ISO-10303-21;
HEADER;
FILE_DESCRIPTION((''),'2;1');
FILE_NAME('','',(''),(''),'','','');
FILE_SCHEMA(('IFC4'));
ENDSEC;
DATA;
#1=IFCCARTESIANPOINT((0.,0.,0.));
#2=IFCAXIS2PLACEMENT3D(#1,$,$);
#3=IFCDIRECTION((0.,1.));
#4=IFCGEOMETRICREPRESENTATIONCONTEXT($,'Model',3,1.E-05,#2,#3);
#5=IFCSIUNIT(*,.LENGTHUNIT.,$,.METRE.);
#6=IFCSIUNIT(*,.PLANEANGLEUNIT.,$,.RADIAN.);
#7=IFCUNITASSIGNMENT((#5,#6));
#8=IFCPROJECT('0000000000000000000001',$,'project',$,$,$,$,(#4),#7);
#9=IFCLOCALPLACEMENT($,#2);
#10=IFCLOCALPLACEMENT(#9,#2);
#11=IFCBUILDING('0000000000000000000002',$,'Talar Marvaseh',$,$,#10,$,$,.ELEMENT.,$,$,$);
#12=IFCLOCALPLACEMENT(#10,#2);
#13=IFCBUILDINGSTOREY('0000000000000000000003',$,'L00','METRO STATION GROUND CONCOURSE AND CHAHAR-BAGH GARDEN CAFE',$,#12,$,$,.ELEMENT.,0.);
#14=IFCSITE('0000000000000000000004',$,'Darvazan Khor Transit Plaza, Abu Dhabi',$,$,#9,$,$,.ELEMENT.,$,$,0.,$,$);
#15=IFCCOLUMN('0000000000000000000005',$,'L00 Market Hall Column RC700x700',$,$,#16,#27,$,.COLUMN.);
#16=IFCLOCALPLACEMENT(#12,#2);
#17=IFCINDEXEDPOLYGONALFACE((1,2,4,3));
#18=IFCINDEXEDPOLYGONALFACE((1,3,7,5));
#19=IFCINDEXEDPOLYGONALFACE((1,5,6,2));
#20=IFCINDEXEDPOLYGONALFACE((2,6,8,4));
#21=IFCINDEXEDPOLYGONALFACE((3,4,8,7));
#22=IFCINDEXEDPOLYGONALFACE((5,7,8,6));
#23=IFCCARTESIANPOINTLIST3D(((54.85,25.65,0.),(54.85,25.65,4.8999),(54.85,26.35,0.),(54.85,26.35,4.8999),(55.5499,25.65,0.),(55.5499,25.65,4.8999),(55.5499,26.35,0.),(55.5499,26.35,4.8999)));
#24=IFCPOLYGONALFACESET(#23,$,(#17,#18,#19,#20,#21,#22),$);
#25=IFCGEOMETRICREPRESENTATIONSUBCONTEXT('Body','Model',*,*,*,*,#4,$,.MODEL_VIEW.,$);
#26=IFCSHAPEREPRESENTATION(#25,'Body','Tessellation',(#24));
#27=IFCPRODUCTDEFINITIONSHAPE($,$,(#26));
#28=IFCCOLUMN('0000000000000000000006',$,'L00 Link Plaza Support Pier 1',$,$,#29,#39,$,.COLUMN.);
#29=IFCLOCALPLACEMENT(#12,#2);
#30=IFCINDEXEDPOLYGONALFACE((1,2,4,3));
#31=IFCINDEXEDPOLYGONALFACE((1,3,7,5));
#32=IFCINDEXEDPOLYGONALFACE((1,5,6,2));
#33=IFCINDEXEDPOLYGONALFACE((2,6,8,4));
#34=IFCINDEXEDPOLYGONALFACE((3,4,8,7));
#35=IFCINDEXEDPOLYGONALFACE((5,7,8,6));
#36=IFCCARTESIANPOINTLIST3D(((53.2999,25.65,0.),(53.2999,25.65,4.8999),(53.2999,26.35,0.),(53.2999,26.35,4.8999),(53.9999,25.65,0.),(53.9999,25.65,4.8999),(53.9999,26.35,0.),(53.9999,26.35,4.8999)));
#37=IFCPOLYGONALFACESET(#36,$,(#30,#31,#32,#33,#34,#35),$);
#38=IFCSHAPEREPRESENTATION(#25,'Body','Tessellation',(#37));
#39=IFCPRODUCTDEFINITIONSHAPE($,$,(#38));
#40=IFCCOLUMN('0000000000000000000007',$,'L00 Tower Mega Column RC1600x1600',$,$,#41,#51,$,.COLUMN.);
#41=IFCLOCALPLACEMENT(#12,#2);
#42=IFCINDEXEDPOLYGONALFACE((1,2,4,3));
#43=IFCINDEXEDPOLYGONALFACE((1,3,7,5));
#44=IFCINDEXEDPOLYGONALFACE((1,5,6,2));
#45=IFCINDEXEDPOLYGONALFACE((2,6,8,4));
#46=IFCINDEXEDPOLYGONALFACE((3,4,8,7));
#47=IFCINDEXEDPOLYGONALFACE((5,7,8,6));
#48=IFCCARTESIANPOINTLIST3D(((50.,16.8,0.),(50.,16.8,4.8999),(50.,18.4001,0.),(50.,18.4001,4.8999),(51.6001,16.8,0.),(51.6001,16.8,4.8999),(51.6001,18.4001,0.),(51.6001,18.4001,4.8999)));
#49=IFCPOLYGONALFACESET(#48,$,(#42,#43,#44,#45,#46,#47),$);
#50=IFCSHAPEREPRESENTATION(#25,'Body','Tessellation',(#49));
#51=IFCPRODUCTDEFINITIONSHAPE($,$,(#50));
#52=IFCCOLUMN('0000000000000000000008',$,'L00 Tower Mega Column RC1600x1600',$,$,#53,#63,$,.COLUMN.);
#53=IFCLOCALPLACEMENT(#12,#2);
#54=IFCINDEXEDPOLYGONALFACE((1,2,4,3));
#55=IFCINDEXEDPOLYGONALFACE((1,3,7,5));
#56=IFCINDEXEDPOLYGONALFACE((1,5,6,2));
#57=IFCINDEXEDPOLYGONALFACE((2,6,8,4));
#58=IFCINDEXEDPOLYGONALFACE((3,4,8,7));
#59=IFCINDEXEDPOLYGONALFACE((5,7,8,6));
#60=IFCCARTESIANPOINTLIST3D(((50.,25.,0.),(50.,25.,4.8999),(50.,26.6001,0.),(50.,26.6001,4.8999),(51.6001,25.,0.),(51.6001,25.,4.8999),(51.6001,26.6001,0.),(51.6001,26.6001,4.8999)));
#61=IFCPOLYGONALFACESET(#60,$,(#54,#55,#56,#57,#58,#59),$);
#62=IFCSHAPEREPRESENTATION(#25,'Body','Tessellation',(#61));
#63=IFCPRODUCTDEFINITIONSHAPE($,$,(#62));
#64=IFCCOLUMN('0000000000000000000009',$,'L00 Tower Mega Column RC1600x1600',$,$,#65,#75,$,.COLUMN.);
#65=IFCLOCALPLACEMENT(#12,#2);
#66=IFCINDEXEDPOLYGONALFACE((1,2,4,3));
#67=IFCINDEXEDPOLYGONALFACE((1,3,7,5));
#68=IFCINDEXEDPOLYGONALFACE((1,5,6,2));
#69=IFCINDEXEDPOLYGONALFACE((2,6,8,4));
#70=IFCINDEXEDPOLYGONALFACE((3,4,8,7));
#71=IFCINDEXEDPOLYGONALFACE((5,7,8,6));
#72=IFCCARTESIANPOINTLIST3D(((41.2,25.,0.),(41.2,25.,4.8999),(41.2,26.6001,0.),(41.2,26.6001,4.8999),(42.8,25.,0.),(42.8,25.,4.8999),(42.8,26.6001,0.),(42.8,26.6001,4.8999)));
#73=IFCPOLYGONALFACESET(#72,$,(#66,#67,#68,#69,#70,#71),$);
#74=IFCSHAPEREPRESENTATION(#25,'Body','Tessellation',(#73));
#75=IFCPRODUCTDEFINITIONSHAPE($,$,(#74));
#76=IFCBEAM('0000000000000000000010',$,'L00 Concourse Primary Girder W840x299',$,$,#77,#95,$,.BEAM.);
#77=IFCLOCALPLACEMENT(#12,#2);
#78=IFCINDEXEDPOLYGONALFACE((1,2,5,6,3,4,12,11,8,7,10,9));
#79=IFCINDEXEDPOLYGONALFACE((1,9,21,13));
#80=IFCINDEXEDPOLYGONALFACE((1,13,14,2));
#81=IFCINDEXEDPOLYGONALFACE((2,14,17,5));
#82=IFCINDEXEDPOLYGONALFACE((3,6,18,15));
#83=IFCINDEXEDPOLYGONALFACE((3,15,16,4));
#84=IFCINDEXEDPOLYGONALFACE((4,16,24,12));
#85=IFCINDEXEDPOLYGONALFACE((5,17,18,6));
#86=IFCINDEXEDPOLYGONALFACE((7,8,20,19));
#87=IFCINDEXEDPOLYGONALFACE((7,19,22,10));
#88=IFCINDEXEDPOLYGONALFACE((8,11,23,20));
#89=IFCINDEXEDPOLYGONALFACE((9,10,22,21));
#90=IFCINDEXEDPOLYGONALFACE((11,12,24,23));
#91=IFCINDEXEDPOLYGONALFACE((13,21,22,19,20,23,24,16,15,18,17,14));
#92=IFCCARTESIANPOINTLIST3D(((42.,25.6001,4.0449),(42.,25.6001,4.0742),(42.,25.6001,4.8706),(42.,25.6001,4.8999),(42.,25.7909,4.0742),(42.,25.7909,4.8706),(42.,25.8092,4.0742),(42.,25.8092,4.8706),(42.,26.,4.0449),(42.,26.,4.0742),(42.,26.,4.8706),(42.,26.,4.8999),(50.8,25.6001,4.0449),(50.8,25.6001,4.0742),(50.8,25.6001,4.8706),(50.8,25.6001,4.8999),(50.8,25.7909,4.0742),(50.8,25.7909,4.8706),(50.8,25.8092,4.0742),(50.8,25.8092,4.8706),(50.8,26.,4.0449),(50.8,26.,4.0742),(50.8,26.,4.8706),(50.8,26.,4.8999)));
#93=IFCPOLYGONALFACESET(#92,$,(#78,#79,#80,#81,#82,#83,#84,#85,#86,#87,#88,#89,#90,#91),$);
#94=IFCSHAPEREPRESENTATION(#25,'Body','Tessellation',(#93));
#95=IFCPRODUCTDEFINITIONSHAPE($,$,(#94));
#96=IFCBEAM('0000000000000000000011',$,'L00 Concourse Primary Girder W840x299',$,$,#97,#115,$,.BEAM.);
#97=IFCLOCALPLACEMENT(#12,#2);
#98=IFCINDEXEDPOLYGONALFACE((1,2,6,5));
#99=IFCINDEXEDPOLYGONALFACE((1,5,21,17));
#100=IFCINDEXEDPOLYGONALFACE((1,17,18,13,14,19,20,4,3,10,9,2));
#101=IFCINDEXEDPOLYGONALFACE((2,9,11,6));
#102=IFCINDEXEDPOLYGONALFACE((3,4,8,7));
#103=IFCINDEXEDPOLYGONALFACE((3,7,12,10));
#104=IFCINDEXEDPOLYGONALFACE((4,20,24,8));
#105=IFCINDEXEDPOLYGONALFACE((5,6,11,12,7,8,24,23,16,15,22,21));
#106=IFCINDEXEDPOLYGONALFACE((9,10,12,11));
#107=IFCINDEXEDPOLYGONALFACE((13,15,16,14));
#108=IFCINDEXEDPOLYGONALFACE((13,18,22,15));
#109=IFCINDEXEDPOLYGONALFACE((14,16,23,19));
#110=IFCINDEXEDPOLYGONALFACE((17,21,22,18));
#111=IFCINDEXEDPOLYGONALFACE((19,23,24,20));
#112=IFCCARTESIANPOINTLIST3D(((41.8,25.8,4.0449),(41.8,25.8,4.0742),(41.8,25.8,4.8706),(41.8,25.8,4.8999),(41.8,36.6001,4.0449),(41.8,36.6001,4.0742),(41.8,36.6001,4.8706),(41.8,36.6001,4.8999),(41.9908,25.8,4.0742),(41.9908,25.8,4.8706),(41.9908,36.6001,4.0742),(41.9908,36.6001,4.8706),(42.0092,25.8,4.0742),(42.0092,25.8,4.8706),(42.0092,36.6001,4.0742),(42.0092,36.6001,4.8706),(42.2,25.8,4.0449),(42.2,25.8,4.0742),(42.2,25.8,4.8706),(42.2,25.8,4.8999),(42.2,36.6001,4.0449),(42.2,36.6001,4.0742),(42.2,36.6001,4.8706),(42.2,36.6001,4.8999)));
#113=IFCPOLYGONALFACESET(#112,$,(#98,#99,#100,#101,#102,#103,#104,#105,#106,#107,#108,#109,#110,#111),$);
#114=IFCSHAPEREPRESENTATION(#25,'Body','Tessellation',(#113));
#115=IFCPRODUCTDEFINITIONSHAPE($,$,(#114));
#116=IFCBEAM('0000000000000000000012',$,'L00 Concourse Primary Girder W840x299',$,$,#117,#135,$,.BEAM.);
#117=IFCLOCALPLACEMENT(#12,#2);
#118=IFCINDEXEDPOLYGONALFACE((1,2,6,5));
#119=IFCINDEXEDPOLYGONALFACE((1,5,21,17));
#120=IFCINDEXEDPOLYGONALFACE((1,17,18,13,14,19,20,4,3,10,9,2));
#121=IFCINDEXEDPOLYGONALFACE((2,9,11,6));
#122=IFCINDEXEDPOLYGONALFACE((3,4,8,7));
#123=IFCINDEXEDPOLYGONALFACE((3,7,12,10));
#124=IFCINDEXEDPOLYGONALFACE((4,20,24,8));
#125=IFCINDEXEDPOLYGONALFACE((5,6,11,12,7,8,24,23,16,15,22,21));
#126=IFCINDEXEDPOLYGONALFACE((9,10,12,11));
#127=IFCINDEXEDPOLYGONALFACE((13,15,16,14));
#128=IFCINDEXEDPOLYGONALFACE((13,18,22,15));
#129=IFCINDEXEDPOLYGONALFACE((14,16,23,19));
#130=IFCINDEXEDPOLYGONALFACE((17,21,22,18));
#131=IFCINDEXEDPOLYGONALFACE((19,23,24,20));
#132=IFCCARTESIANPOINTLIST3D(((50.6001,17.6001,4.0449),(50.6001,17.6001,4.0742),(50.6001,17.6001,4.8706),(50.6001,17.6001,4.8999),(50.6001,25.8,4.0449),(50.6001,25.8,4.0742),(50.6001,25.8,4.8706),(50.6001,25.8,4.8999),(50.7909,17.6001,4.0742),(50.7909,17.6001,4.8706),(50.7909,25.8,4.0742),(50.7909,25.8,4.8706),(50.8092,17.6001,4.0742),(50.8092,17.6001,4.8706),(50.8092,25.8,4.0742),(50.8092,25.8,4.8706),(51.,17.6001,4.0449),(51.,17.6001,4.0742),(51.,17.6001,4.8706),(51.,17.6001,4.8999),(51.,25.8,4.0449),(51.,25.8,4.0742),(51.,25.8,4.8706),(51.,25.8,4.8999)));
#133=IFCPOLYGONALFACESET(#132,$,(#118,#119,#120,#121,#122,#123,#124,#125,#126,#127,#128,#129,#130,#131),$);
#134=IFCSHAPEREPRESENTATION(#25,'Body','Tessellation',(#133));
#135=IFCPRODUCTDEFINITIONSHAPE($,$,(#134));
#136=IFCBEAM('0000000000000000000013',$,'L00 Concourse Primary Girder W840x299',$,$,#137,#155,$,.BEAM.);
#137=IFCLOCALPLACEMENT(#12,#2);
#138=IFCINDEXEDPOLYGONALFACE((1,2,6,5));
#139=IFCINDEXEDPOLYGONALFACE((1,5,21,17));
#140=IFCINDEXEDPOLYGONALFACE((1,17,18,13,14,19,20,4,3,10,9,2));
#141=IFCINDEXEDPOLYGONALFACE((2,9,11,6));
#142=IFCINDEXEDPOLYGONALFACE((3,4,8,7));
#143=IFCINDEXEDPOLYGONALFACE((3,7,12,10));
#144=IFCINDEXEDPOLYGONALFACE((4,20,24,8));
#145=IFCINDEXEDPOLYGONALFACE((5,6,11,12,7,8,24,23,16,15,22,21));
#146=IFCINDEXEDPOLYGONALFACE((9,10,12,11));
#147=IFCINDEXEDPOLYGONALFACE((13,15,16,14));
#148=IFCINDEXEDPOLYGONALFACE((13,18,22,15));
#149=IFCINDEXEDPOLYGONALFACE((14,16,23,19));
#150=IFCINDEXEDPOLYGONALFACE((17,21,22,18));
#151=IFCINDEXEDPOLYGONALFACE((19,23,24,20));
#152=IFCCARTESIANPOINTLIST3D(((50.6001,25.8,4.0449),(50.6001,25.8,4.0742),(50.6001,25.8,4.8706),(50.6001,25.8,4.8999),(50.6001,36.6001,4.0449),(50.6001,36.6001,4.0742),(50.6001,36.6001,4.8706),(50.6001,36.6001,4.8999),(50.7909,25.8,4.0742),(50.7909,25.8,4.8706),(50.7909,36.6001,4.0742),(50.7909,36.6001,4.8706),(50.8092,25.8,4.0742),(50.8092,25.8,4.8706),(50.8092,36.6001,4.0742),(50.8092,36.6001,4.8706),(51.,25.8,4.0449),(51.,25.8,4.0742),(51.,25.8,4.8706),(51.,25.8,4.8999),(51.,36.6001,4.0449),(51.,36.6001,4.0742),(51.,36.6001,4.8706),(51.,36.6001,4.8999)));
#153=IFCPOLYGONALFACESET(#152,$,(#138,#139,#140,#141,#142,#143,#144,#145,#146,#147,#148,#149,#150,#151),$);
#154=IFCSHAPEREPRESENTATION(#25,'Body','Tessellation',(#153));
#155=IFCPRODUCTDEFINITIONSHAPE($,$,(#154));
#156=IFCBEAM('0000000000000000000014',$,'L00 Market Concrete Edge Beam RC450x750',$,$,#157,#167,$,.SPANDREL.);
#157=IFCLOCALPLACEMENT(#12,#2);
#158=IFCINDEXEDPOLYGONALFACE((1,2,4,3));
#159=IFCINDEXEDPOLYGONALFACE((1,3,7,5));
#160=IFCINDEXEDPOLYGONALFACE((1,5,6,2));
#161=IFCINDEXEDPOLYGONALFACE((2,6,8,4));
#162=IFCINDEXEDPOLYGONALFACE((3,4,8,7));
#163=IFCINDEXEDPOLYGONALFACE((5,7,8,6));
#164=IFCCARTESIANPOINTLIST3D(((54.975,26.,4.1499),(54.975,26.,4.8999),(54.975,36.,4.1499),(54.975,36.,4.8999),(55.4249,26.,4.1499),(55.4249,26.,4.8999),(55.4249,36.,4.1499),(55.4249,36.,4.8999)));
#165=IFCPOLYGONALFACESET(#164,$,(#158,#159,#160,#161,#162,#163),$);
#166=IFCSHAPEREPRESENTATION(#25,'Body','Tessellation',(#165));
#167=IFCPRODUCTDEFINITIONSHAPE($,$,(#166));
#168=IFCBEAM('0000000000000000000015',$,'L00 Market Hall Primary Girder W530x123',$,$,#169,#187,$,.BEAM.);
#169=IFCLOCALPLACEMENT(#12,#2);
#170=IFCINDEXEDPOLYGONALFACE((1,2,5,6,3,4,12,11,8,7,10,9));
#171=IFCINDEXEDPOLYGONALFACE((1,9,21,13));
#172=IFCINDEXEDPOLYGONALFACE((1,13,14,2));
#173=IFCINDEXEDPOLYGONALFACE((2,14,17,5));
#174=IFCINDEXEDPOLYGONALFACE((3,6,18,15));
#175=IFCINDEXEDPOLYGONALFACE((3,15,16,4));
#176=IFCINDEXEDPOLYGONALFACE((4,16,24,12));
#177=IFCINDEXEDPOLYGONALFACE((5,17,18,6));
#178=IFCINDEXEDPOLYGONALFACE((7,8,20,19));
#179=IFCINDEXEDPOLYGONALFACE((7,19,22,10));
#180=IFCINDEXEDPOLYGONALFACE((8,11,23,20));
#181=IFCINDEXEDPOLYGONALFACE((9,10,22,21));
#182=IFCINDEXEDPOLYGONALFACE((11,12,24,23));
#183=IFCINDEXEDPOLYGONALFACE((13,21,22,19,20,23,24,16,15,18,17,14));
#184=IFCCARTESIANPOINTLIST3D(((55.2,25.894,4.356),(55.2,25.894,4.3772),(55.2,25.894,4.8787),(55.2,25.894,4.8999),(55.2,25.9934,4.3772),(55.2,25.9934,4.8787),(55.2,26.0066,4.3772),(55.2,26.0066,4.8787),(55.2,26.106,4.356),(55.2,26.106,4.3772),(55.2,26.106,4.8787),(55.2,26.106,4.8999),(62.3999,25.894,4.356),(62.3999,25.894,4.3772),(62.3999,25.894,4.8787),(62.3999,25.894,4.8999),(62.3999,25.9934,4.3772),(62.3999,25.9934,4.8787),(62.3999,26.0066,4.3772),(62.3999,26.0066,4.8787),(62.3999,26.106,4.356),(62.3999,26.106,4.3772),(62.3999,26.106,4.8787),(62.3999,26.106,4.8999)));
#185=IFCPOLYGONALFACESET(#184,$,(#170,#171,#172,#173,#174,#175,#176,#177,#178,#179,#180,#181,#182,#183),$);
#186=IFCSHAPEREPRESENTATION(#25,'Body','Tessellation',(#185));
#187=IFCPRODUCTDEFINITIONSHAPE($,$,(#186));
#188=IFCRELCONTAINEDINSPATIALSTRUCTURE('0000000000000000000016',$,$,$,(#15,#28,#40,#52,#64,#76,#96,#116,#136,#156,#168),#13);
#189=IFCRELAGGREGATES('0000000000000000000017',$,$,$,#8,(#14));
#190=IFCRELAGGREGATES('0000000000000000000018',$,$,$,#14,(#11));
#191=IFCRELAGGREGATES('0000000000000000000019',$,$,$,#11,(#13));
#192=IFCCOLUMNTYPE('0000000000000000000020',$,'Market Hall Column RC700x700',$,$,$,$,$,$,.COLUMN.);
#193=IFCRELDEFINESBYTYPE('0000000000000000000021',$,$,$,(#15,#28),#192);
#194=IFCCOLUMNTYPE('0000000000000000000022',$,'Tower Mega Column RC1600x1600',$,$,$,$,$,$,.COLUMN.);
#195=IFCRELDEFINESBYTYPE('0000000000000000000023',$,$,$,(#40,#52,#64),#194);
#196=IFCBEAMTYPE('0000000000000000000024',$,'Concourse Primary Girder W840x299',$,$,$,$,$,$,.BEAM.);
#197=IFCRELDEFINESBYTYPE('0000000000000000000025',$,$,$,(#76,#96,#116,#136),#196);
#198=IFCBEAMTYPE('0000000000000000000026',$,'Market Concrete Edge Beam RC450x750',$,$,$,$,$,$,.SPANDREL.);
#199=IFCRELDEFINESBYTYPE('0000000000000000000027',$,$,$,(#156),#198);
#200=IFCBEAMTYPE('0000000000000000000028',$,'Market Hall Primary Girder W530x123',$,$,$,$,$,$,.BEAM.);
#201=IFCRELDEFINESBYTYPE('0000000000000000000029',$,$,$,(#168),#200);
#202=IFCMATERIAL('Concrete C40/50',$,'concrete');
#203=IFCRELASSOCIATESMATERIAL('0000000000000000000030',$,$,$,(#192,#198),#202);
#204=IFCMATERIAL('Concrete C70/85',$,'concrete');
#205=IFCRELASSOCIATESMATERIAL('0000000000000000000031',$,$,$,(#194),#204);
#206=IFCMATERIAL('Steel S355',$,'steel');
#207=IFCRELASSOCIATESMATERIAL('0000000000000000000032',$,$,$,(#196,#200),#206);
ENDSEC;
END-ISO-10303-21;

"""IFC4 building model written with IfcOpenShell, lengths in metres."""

from ifc_helpers import new_model, si_unit, direction, frame, origin, origin_2d, place, context, subcontext, project, spatial, rectangle, i_section, extrude, material, material_profile, profile_set, type_object, element, save


model = new_model("IFC4")

# Units and contexts
model_context = context("Model", 3, precision=1e-05, world=origin(), true_north=direction((0.0, 1.0)))
body_context = subcontext(model_context, "Body", "Model", "MODEL_VIEW")
ifc_project = project(units=[si_unit("LENGTHUNIT", "METRE"), si_unit("PLANEANGLEUNIT", "RADIAN")], contexts=[model_context])

# Site, building, storey
site_placement = place(None, origin())
site = spatial("IfcSite", under=ifc_project, at=site_placement, Name="Darvazan Khor Transit Plaza, Abu Dhabi", CompositionType="ELEMENT", RefElevation=0.0)
building_placement = place(site_placement, origin())
building = spatial("IfcBuilding", under=site, at=building_placement, Name="Talar Marvaseh", CompositionType="ELEMENT")
storey_placement = place(building_placement, origin())
storey = spatial("IfcBuildingStorey", under=building, at=storey_placement, Name="L00", Description="METRO STATION GROUND CONCOURSE AND CHAHAR-BAGH GARDEN CAFE", CompositionType="ELEMENT", Elevation=0.0)

# Columns
ifc_material_1 = material(Name="Concrete C40/50", Category="concrete")
ifc_material_profile_1 = material_profile(ifc_material_1, rectangle(XDim=0.7, YDim=0.7, at=origin_2d()), Name="RC700x700")
ifc_profile_set_1 = profile_set([ifc_material_profile_1], Name="Concrete C40/50")
column_type_1 = type_object("IfcColumnType", Name="Market Hall Column RC700x700", PredefinedType="COLUMN", material=ifc_profile_set_1)
for number, where, z_axis, x_axis, name in (
    (1, (55.2, 26.0, 0.0), (0.0, 0.0, 1.0), (1.0, 0.0, 0.0), "L00 Market Hall Column RC700x700"),
    (2, (53.6499, 26.0, 0.0), (0.0, 0.0, 1.0), (1.0, 0.0, 0.0), "L00 Link Plaza Support Pier 1"),
):
    element("IfcColumn", number, at=place(storey_placement, frame(where, z_axis=z_axis, x_axis=x_axis)), inside=storey, type_object=column_type_1, Name=name, PredefinedType="COLUMN", context=body_context, shape_type="SweptSolid", body=[
        extrude(rectangle(XDim=0.7, YDim=0.7, at=origin_2d()), origin(), (0.0, 0.0, 1.0), 4.8999),
    ])
ifc_material_2 = material(Name="Concrete C70/85", Category="concrete")
ifc_material_profile_2 = material_profile(ifc_material_2, rectangle(XDim=1.6001, YDim=1.6001, at=origin_2d()), Name="RC1600x1600")
ifc_profile_set_2 = profile_set([ifc_material_profile_2], Name="Concrete C70/85")
column_type_2 = type_object("IfcColumnType", Name="Tower Mega Column RC1600x1600", PredefinedType="COLUMN", material=ifc_profile_set_2)
for number, where, z_axis, x_axis, name in (
    (3, (50.8, 17.6001, 0.0), (0.0, 0.0, 1.0), (1.0, 0.0, 0.0), "L00 Tower Mega Column RC1600x1600"),
    (4, (50.8, 25.8, 0.0), (0.0, 0.0, 1.0), (1.0, 0.0, 0.0), "L00 Tower Mega Column RC1600x1600"),
    (5, (42.0, 25.8, 0.0), (0.0, 0.0, 1.0), (1.0, 0.0, 0.0), "L00 Tower Mega Column RC1600x1600"),
):
    element("IfcColumn", number, at=place(storey_placement, frame(where, z_axis=z_axis, x_axis=x_axis)), inside=storey, type_object=column_type_2, Name=name, PredefinedType="COLUMN", context=body_context, shape_type="SweptSolid", body=[
        extrude(rectangle(XDim=1.6001, YDim=1.6001, at=origin_2d()), origin(), (0.0, 0.0, 1.0), 4.8999),
    ])

# Beams
ifc_material_3 = material(Name="Steel S355", Category="steel")
ifc_material_profile_3 = material_profile(ifc_material_3, i_section(OverallWidth=0.3999, OverallDepth=0.855, WebThickness=0.0183, FlangeThickness=0.0293, at=origin_2d()), Name="W840x299")
ifc_profile_set_3 = profile_set([ifc_material_profile_3], Name="Steel S355")
beam_type_1 = type_object("IfcBeamType", Name="Concourse Primary Girder W840x299", PredefinedType="BEAM", material=ifc_profile_set_3)
beam_1_placement = place(storey_placement, frame((42.0, 25.8, 4.4724), z_axis=(1.0, 0.0, 0.0), x_axis=(0.0, 1.0, 0.0)))
element("IfcBeam", 6, at=beam_1_placement, inside=storey, type_object=beam_type_1, Name="L00 Concourse Primary Girder W840x299", PredefinedType="BEAM", context=body_context, shape_type="SweptSolid", body=[
    extrude(i_section(OverallWidth=0.3999, OverallDepth=0.855, WebThickness=0.0183, FlangeThickness=0.0293, at=origin_2d()), origin(), (0.0, 0.0, 1.0), 8.8),
])
beam_2_placement = place(storey_placement, frame((42.0, 25.8, 4.4724), z_axis=(0.0, 1.0, 0.0), x_axis=(-1.0, 0.0, 0.0)))
element("IfcBeam", 7, at=beam_2_placement, inside=storey, type_object=beam_type_1, Name="L00 Concourse Primary Girder W840x299", PredefinedType="BEAM", context=body_context, shape_type="SweptSolid", body=[
    extrude(i_section(OverallWidth=0.3999, OverallDepth=0.855, WebThickness=0.0183, FlangeThickness=0.0293, at=origin_2d()), origin(), (0.0, 0.0, 1.0), 10.8),
])
beam_3_placement = place(storey_placement, frame((50.8, 17.6001, 4.4724), z_axis=(0.0, 1.0, 0.0), x_axis=(-1.0, 0.0, 0.0)))
element("IfcBeam", 8, at=beam_3_placement, inside=storey, type_object=beam_type_1, Name="L00 Concourse Primary Girder W840x299", PredefinedType="BEAM", context=body_context, shape_type="SweptSolid", body=[
    extrude(i_section(OverallWidth=0.3999, OverallDepth=0.855, WebThickness=0.0183, FlangeThickness=0.0293, at=origin_2d()), origin(), (0.0, 0.0, 1.0), 8.2),
])
beam_4_placement = place(storey_placement, frame((50.8, 25.8, 4.4724), z_axis=(0.0, 1.0, 0.0), x_axis=(-1.0, 0.0, 0.0)))
element("IfcBeam", 9, at=beam_4_placement, inside=storey, type_object=beam_type_1, Name="L00 Concourse Primary Girder W840x299", PredefinedType="BEAM", context=body_context, shape_type="SweptSolid", body=[
    extrude(i_section(OverallWidth=0.3999, OverallDepth=0.855, WebThickness=0.0183, FlangeThickness=0.0293, at=origin_2d()), origin(), (0.0, 0.0, 1.0), 10.8),
])
ifc_material_profile_4 = material_profile(ifc_material_1, rectangle(XDim=0.45, YDim=0.75, at=origin_2d()), Name="RC450x750")
ifc_profile_set_4 = profile_set([ifc_material_profile_4], Name="Concrete C40/50")
beam_type_2 = type_object("IfcBeamType", Name="Market Concrete Edge Beam RC450x750", PredefinedType="SPANDREL", material=ifc_profile_set_4)
beam_5_placement = place(storey_placement, frame((55.2, 26.0, 4.5249), z_axis=(0.0, 1.0, 0.0), x_axis=(-1.0, 0.0, 0.0)))
element("IfcBeam", 10, at=beam_5_placement, inside=storey, type_object=beam_type_2, Name="L00 Market Concrete Edge Beam RC450x750", PredefinedType="SPANDREL", context=body_context, shape_type="SweptSolid", body=[
    extrude(rectangle(XDim=0.45, YDim=0.75, at=origin_2d()), origin(), (0.0, 0.0, 1.0), 10.0),
])
ifc_material_profile_5 = material_profile(ifc_material_3, i_section(OverallWidth=0.2119, OverallDepth=0.5439, WebThickness=0.0132, FlangeThickness=0.0212, at=origin_2d()), Name="W530x123")
ifc_profile_set_5 = profile_set([ifc_material_profile_5], Name="Steel S355")
beam_type_3 = type_object("IfcBeamType", Name="Market Hall Primary Girder W530x123", PredefinedType="BEAM", material=ifc_profile_set_5)
beam_6_placement = place(storey_placement, frame((55.2, 26.0, 4.6279), z_axis=(1.0, 0.0, 0.0), x_axis=(0.0, 1.0, 0.0)))
element("IfcBeam", 11, at=beam_6_placement, inside=storey, type_object=beam_type_3, Name="L00 Market Hall Primary Girder W530x123", PredefinedType="BEAM", context=body_context, shape_type="SweptSolid", body=[
    extrude(i_section(OverallWidth=0.2119, OverallDepth=0.5439, WebThickness=0.0132, FlangeThickness=0.0212, at=origin_2d()), origin(), (0.0, 0.0, 1.0), 7.2),
])

save(model, "model.ifc")
